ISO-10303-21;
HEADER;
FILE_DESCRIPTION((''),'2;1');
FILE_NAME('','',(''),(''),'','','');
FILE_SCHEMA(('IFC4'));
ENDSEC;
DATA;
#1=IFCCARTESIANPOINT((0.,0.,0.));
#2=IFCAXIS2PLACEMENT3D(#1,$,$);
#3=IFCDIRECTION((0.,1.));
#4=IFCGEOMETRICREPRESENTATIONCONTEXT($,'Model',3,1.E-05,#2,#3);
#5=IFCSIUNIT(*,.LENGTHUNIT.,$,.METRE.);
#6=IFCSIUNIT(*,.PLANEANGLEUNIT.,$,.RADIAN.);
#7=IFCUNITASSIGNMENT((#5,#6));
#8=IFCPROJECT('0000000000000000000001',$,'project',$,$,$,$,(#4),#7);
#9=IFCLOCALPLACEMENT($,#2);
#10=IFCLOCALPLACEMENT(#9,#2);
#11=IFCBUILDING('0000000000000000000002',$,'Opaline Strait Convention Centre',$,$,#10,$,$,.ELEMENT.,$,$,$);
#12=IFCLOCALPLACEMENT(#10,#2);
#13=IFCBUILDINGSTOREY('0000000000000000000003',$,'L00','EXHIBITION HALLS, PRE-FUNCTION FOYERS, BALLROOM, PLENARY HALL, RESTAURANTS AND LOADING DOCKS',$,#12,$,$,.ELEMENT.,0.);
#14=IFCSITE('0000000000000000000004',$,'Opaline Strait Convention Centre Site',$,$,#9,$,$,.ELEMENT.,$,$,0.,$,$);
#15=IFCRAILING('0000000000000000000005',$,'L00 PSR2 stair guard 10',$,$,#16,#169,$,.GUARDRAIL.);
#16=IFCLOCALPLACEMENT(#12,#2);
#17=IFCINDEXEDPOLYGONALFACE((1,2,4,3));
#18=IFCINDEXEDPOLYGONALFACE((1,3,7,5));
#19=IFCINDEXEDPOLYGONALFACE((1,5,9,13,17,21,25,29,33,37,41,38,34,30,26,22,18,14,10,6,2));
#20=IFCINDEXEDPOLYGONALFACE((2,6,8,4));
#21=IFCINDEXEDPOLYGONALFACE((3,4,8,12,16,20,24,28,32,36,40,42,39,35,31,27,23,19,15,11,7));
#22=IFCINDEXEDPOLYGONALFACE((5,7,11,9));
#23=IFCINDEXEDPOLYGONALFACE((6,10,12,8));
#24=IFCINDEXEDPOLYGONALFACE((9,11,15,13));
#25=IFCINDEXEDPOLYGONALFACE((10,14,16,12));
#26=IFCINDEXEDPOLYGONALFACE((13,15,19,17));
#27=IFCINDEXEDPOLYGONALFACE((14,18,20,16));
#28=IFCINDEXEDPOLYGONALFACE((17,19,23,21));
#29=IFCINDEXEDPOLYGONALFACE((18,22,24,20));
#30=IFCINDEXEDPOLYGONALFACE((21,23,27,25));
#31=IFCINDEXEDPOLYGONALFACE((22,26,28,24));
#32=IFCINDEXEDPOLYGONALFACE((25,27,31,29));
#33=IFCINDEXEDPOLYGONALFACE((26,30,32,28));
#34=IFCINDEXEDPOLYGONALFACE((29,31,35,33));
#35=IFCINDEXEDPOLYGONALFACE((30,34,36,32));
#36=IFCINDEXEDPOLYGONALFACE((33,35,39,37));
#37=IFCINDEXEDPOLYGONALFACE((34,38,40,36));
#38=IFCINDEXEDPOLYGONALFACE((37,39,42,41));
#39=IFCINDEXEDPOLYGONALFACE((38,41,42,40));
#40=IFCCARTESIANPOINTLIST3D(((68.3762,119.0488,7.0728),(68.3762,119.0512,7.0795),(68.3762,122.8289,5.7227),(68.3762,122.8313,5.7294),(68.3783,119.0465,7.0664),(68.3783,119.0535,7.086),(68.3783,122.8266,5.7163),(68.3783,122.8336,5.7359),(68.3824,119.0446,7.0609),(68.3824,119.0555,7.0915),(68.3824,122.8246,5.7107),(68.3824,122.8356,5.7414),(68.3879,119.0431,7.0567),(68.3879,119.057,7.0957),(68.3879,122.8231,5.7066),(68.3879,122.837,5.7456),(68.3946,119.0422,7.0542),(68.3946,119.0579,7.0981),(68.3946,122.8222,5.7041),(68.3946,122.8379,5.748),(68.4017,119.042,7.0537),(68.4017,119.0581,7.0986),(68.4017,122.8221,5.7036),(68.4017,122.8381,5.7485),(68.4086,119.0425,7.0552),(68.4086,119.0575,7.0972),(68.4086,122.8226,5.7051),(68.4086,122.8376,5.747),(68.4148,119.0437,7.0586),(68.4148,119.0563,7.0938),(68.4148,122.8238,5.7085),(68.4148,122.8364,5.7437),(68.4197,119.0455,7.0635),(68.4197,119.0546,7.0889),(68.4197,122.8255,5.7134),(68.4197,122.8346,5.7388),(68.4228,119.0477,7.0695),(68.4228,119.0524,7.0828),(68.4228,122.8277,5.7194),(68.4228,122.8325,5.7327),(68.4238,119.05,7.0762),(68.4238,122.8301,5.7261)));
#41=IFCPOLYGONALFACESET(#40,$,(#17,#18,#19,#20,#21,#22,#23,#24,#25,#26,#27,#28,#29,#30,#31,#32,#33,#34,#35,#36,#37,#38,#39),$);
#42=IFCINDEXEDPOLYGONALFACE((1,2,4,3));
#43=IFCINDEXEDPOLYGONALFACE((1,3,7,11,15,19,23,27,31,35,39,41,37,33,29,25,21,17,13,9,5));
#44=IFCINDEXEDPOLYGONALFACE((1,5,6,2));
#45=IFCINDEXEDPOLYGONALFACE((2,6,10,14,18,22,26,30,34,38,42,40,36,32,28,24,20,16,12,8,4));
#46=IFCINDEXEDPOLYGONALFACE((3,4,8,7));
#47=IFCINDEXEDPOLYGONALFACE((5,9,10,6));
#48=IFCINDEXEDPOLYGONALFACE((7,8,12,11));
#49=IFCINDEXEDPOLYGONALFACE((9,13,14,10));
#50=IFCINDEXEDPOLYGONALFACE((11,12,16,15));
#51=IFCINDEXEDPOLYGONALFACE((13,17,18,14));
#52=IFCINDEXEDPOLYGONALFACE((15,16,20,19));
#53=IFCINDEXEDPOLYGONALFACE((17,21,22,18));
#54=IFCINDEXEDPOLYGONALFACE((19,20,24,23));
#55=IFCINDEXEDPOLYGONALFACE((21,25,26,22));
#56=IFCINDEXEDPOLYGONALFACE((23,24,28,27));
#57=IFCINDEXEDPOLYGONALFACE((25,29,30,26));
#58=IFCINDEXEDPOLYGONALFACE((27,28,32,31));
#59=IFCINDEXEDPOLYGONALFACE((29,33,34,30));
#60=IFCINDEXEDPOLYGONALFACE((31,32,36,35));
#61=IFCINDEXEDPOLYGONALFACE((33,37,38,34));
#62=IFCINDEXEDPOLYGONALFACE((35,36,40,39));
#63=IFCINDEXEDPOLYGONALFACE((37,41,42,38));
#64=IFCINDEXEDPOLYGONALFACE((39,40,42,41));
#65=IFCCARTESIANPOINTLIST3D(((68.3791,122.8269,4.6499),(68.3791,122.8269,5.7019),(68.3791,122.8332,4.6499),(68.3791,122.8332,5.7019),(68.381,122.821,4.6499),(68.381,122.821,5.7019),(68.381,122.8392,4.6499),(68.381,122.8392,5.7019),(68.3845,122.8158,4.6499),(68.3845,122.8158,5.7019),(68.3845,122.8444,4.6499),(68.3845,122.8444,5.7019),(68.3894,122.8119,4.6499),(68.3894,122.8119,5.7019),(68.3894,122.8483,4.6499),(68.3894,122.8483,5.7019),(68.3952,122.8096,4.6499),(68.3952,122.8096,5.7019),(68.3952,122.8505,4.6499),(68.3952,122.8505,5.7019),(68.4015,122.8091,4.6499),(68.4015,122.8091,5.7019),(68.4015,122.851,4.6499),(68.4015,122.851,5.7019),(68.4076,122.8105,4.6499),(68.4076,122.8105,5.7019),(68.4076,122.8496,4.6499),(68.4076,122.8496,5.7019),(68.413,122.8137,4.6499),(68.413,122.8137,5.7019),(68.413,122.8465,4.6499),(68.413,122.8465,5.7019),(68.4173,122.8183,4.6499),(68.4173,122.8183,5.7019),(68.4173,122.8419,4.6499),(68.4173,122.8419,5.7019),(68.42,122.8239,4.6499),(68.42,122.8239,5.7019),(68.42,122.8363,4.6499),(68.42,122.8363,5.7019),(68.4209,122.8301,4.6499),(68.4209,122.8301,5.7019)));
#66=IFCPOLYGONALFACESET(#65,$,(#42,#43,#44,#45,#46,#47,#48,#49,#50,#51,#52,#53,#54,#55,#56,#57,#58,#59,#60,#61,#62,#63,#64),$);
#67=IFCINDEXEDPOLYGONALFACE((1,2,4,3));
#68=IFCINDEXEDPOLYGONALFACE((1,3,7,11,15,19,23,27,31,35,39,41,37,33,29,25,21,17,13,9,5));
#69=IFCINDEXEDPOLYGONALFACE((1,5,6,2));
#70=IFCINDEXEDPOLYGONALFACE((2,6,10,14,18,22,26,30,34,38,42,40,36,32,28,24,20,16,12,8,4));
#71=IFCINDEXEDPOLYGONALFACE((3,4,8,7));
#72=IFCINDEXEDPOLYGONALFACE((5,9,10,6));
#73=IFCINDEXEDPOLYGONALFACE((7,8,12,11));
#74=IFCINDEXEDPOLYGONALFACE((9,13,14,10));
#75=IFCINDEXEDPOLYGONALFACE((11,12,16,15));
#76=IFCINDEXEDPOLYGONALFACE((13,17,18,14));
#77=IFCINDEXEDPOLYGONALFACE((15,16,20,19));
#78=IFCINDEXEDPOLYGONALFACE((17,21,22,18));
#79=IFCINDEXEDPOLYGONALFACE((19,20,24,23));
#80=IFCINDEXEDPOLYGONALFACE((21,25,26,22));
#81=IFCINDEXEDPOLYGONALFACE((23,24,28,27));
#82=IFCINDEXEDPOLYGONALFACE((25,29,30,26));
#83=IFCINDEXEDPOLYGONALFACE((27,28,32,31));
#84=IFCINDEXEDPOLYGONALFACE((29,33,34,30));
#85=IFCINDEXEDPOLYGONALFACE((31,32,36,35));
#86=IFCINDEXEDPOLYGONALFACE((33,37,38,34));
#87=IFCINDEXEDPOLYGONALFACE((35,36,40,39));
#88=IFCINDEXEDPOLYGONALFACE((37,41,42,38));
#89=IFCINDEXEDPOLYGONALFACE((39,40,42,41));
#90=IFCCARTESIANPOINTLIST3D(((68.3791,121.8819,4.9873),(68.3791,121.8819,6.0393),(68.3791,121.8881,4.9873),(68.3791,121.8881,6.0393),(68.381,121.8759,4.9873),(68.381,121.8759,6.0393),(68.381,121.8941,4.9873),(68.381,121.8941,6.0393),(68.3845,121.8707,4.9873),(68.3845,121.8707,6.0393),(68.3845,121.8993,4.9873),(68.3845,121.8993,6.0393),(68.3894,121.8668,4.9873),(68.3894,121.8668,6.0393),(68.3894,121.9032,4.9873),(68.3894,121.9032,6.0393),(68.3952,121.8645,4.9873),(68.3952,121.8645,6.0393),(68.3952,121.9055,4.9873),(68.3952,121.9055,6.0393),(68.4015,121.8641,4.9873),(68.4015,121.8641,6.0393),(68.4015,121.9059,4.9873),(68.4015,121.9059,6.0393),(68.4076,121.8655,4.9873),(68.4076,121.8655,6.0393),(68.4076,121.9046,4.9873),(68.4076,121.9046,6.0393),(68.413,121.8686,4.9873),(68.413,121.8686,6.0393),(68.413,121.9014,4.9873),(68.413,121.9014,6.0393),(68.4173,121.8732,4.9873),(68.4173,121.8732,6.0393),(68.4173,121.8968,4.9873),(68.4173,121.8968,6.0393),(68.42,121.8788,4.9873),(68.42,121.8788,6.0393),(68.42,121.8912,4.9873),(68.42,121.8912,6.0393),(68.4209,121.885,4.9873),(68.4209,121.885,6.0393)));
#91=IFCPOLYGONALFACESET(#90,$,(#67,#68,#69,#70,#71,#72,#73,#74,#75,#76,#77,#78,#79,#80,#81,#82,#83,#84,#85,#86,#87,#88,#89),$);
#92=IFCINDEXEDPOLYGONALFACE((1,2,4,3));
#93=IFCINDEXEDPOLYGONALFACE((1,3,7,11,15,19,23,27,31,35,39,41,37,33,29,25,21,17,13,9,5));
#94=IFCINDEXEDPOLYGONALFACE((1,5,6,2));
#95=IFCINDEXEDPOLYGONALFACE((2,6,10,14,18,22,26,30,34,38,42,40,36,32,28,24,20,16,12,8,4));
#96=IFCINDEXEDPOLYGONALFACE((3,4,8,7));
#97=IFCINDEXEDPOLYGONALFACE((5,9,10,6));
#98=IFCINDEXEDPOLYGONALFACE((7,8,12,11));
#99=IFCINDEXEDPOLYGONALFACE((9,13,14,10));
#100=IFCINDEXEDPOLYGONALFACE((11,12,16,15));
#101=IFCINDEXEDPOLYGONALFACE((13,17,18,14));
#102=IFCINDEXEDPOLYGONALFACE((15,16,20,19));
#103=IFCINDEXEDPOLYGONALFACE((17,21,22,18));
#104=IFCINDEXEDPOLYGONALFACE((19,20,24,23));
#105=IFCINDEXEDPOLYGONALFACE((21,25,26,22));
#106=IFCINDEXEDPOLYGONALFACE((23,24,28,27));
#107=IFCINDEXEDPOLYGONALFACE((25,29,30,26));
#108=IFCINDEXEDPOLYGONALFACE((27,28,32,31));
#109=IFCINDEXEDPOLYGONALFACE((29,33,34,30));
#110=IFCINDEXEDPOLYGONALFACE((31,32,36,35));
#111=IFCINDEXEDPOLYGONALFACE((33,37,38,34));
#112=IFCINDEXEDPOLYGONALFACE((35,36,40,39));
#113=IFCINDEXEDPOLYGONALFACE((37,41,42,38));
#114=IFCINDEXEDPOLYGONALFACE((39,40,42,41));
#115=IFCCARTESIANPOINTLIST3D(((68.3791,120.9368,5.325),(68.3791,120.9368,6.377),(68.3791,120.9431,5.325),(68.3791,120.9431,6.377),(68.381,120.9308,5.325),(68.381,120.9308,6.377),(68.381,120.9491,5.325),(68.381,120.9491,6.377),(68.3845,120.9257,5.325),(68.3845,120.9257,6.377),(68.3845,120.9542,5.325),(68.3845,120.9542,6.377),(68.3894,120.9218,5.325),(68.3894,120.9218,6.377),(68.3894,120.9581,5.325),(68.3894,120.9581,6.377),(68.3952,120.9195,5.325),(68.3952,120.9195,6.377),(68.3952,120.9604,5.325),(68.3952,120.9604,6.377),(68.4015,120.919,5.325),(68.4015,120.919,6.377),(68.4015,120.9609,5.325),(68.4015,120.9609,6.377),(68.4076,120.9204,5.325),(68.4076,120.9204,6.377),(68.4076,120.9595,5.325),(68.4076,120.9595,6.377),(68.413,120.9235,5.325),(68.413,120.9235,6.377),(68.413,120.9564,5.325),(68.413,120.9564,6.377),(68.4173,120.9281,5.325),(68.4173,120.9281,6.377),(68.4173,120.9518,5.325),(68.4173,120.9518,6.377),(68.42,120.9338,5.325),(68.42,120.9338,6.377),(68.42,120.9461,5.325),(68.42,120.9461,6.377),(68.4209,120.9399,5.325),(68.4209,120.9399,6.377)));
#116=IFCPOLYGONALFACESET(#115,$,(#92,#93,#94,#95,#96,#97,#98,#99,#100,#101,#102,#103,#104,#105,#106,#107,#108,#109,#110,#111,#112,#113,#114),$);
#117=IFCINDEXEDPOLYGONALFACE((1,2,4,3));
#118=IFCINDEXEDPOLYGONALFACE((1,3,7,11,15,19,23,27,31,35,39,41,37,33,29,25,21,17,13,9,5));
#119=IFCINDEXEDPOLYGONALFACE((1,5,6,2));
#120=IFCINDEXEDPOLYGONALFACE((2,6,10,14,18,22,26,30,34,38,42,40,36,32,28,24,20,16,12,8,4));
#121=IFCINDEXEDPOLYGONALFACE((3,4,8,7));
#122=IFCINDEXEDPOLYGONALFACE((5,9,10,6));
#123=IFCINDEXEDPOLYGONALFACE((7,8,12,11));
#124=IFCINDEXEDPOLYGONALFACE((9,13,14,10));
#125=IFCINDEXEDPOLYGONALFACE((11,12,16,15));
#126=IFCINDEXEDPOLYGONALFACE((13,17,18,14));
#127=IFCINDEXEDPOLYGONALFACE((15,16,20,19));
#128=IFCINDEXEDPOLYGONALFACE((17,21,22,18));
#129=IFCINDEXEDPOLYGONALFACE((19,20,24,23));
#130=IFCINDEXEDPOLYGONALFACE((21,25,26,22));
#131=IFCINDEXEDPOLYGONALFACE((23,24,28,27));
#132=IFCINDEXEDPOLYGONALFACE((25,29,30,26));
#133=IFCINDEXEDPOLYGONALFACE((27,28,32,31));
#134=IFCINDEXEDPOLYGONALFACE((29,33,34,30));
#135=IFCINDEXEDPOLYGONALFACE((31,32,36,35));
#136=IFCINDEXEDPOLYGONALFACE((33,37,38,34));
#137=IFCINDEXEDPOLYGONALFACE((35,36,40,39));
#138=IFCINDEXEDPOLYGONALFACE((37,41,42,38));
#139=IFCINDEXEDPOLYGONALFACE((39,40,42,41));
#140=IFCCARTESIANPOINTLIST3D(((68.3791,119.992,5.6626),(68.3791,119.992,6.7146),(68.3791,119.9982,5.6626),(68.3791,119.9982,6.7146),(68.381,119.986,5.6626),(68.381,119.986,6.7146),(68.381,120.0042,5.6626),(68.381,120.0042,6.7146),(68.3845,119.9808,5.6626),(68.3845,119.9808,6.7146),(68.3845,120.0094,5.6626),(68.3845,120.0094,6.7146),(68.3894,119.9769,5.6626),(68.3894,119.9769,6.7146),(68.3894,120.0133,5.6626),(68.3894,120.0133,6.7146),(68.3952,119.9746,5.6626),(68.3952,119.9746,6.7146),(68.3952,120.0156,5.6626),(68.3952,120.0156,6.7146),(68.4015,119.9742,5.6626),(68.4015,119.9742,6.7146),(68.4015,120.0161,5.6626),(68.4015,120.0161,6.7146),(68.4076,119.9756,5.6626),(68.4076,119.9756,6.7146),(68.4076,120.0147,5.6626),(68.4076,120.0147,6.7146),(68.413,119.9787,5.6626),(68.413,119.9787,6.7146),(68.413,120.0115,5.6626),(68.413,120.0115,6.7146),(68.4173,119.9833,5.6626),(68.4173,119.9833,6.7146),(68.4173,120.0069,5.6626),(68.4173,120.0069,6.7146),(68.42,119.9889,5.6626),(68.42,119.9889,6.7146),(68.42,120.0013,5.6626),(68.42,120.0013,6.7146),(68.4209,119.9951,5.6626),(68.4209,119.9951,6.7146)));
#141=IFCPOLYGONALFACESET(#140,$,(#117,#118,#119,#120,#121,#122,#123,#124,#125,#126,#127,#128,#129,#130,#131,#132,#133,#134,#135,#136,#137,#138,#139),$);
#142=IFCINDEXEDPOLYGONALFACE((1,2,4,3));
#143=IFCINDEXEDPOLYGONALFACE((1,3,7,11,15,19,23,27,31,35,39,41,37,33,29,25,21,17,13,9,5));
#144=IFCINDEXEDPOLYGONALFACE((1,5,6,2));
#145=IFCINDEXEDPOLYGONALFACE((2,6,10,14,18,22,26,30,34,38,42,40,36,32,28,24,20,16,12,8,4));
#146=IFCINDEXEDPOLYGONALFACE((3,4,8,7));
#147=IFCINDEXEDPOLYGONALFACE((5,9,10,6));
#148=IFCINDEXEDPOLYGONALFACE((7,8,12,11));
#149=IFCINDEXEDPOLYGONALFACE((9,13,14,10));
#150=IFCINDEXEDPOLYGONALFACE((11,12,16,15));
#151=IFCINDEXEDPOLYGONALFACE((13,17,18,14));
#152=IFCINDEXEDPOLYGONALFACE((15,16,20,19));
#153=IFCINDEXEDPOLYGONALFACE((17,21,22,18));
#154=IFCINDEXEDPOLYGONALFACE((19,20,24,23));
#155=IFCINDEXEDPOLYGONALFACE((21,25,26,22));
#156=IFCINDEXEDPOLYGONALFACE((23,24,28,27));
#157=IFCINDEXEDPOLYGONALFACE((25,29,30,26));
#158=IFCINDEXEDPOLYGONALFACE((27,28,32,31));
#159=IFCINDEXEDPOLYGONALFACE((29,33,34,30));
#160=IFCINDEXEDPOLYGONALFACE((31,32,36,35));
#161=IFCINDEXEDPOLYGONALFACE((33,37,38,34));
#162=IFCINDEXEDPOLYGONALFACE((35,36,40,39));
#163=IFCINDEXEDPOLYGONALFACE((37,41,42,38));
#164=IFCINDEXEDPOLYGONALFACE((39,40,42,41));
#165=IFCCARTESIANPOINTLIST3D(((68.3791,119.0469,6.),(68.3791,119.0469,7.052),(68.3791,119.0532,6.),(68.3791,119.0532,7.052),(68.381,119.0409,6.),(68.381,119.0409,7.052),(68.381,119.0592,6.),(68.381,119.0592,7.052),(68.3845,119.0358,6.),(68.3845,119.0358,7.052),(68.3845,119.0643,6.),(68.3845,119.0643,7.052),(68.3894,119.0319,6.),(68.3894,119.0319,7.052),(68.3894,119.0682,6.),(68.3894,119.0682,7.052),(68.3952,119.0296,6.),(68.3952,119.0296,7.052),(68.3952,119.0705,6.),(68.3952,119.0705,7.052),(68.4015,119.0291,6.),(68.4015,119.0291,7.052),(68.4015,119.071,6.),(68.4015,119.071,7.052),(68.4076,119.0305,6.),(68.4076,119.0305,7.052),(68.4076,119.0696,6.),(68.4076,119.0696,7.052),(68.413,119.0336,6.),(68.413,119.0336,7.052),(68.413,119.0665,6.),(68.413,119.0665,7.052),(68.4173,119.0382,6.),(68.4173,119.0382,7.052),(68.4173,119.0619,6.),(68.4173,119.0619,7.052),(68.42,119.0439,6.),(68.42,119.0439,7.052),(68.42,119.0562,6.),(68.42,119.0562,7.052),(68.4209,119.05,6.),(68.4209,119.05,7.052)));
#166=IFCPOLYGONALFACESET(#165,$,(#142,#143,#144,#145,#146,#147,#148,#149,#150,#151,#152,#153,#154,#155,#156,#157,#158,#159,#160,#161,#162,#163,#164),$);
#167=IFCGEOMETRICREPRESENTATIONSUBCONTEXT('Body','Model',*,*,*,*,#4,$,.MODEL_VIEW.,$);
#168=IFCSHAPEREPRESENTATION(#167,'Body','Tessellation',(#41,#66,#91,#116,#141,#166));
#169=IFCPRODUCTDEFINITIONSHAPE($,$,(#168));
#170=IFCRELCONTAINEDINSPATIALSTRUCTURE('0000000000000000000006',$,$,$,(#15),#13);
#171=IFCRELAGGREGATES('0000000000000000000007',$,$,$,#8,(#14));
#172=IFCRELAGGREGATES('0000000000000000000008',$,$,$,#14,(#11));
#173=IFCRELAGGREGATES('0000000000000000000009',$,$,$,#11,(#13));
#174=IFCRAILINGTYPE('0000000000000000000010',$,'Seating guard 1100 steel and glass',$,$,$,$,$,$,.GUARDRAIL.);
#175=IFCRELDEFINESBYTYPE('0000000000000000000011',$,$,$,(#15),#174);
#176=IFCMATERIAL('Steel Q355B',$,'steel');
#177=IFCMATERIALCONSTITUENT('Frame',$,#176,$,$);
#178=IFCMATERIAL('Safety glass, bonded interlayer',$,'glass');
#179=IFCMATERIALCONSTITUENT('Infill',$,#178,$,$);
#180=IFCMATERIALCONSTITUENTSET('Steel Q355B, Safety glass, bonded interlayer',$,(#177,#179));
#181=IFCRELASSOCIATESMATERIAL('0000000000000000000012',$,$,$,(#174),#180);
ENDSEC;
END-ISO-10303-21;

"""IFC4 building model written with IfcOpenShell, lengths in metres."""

from ifc_helpers import new_model, si_unit, direction, frame, origin, origin_2d, place, context, subcontext, project, spatial, circle, extrude, material, constituent, constituent_set, type_object, element, save


model = new_model("IFC4")

# Units and contexts
model_context = context("Model", 3, precision=1e-05, world=origin(), true_north=direction((0.0, 1.0)))
body_context = subcontext(model_context, "Body", "Model", "MODEL_VIEW")
ifc_project = project(units=[si_unit("LENGTHUNIT", "METRE"), si_unit("PLANEANGLEUNIT", "RADIAN")], contexts=[model_context])

# Site, building, storey
site_placement = place(None, origin())
site = spatial("IfcSite", under=ifc_project, at=site_placement, Name="Opaline Strait Convention Centre Site", CompositionType="ELEMENT", RefElevation=0.0)
building_placement = place(site_placement, origin())
building = spatial("IfcBuilding", under=site, at=building_placement, Name="Opaline Strait Convention Centre", CompositionType="ELEMENT")
storey_placement = place(building_placement, origin())
storey = spatial("IfcBuildingStorey", under=building, at=storey_placement, Name="L00", Description="EXHIBITION HALLS, PRE-FUNCTION FOYERS, BALLROOM, PLENARY HALL, RESTAURANTS AND LOADING DOCKS", CompositionType="ELEMENT", Elevation=0.0)

# Railing
ifc_material_1 = material(Name="Steel Q355B", Category="steel")
ifc_constituent_1 = constituent(ifc_material_1, Name="Frame")
ifc_material_2 = material(Name="Safety glass, bonded interlayer", Category="glass")
ifc_constituent_2 = constituent(ifc_material_2, Name="Infill")
ifc_constituent_set = constituent_set(constituents=[ifc_constituent_1, ifc_constituent_2], Name="Steel Q355B, Safety glass, bonded interlayer")
railing_type_1 = type_object("IfcRailingType", Name="Seating guard 1100 steel and glass", PredefinedType="GUARDRAIL", material=ifc_constituent_set)
railing_1_placement = place(storey_placement, frame((68.3999, 122.8301, 4.6499)))
element("IfcRailing", 1, at=railing_1_placement, inside=storey, type_object=railing_type_1, Name="L00 PSR2 stair guard 10", PredefinedType="GUARDRAIL", context=body_context, shape_type="SweptSolid", body=[
    extrude(circle(Radius=0.0239, at=origin_2d()), frame((0.0, 0.0, 1.0762), z_axis=(0.0, -0.941735, 0.336356), x_axis=(1.0, 0.0, 0.0)), (0.0, 0.0, 1.0), 4.0139),
    extrude(circle(Radius=0.021, at=origin_2d()), origin(), (0.0, 0.0, 1.0), 1.052),
    extrude(circle(Radius=0.021, at=origin_2d()), frame((0.0, -0.9451, 0.3374)), (0.0, 0.0, 1.0), 1.052),
    extrude(circle(Radius=0.021, at=origin_2d()), frame((0.0, -1.8901, 0.675)), (0.0, 0.0, 1.0), 1.052),
    extrude(circle(Radius=0.021, at=origin_2d()), frame((0.0, -2.835, 1.0127)), (0.0, 0.0, 1.0), 1.052),
    extrude(circle(Radius=0.021, at=origin_2d()), frame((0.0, -3.78, 1.3501)), (0.0, 0.0, 1.0), 1.052),
])

save(model, "model.ifc")
